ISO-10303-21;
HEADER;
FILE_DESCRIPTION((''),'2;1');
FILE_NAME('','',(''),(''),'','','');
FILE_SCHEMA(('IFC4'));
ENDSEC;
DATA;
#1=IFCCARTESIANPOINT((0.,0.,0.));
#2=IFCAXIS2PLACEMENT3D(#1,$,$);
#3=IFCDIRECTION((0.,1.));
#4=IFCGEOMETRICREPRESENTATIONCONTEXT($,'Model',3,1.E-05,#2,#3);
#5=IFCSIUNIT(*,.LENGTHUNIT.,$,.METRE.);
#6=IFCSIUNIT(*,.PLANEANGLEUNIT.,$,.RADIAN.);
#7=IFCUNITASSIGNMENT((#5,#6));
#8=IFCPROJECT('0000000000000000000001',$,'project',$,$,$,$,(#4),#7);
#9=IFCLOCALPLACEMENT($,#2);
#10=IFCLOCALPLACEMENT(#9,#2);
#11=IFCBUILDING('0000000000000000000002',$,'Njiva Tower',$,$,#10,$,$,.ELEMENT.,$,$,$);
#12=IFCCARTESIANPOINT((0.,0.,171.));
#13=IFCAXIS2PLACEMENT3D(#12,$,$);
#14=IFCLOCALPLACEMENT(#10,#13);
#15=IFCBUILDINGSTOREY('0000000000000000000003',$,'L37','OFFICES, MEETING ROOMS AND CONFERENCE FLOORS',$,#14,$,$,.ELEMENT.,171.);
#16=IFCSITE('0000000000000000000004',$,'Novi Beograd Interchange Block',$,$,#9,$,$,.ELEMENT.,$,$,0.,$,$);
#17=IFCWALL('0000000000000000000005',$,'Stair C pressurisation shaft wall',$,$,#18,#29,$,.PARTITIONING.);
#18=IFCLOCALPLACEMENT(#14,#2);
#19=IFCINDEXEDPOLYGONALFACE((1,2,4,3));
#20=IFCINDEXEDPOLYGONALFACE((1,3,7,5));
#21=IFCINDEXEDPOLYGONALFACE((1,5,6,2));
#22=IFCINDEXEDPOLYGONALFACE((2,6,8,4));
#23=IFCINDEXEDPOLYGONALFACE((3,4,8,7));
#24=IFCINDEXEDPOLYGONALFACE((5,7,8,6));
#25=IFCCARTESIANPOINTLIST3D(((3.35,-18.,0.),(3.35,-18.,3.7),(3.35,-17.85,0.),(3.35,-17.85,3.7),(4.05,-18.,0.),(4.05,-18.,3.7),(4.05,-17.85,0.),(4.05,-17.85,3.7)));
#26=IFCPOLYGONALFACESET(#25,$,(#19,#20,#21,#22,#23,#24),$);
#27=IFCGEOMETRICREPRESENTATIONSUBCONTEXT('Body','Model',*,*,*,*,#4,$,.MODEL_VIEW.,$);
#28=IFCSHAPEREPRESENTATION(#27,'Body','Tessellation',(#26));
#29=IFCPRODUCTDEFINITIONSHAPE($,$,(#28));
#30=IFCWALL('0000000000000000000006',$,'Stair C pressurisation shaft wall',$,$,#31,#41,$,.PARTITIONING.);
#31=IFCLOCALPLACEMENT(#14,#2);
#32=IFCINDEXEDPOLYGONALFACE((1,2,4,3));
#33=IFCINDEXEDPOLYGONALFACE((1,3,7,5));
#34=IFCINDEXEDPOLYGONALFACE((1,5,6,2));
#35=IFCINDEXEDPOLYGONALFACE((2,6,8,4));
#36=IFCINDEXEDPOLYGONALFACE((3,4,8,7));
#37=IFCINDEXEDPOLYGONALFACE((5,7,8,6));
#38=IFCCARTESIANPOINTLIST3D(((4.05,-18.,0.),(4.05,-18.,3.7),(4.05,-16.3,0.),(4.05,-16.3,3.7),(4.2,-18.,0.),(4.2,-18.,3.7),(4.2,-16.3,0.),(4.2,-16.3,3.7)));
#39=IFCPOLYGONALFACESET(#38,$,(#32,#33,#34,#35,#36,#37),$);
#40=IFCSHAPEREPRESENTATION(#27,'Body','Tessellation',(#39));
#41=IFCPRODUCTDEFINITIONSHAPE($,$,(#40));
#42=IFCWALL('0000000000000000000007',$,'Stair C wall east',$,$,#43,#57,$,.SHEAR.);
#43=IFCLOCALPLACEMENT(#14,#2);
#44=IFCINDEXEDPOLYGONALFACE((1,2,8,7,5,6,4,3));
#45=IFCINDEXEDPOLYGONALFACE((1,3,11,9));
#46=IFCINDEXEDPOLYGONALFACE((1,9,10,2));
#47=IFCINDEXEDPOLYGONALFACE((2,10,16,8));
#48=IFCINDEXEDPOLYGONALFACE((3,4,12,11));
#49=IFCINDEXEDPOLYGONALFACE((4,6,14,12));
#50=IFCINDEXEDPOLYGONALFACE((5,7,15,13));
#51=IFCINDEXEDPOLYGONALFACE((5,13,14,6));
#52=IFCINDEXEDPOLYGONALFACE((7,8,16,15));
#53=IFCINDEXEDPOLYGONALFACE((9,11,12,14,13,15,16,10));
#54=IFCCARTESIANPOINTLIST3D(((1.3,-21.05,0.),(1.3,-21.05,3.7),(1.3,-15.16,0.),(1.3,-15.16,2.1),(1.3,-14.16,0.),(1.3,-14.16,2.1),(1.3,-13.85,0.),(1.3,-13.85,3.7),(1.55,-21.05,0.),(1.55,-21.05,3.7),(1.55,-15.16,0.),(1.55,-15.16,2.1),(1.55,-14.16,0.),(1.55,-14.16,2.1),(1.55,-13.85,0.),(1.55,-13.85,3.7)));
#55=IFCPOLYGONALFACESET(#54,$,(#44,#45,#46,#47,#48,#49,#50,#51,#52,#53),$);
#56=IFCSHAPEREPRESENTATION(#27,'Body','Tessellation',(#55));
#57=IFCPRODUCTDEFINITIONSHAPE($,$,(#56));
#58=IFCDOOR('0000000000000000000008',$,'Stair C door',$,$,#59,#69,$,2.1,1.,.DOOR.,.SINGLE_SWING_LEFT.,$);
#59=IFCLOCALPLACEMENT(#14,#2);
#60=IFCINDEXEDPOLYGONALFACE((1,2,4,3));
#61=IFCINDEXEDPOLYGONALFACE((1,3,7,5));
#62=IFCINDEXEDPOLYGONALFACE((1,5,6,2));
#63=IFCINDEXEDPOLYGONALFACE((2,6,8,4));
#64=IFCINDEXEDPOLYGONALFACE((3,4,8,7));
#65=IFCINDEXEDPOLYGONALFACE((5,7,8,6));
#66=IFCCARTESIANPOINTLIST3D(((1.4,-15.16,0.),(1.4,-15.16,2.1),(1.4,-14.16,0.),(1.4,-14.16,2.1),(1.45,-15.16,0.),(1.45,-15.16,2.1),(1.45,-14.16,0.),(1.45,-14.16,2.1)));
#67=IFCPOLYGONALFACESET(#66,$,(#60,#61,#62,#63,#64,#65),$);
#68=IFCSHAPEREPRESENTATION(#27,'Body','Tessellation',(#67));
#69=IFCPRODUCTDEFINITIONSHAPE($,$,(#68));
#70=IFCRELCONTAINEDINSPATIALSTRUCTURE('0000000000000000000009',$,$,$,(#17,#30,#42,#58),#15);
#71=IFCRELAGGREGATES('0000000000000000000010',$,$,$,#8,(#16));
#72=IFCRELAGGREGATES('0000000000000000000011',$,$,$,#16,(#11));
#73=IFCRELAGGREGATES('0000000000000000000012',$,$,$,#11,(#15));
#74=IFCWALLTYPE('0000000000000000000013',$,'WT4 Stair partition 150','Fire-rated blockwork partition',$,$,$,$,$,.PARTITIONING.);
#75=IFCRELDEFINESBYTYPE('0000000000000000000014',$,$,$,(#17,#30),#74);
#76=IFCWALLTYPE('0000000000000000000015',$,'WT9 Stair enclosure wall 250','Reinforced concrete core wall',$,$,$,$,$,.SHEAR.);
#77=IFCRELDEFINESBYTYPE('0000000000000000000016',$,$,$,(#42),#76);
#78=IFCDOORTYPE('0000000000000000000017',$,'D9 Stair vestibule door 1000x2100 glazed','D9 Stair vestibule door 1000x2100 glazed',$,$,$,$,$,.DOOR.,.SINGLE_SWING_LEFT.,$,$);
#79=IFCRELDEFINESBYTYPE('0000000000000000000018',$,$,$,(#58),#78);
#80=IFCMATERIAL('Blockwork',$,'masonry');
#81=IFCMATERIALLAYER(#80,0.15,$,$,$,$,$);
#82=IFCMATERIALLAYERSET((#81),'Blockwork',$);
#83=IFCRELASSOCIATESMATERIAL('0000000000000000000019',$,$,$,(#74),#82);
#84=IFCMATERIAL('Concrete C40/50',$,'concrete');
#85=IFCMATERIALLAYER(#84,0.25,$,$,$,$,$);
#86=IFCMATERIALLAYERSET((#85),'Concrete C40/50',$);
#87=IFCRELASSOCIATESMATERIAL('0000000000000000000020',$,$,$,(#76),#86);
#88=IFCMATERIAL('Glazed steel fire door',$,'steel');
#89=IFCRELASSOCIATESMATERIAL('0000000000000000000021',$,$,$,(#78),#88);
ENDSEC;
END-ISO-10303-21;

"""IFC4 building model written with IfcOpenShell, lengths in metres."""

from ifc_helpers import new_model, si_unit, direction, frame, frame_2d, origin, place, context, subcontext, project, spatial, rectangle, extrude, material, layer, layer_set, type_object, element, fill, save


model = new_model("IFC4")

# Units and contexts
model_context = context("Model", 3, precision=1e-05, world=origin(), true_north=direction((0.0, 1.0)))
body_context = subcontext(model_context, "Body", "Model", "MODEL_VIEW")
ifc_project = project(units=[si_unit("LENGTHUNIT", "METRE"), si_unit("PLANEANGLEUNIT", "RADIAN")], contexts=[model_context])

# Site, building, storey
site_placement = place(None, origin())
site = spatial("IfcSite", under=ifc_project, at=site_placement, Name="Novi Beograd Interchange Block", CompositionType="ELEMENT", RefElevation=0.0)
building_placement = place(site_placement, origin())
building = spatial("IfcBuilding", under=site, at=building_placement, Name="Njiva Tower", CompositionType="ELEMENT")
storey_placement = place(building_placement, frame((0.0, 0.0, 171.0)))
storey = spatial("IfcBuildingStorey", under=building, at=storey_placement, Name="L37", Description="OFFICES, MEETING ROOMS AND CONFERENCE FLOORS", CompositionType="ELEMENT", Elevation=171.0)

# Walls
ifc_material_1 = material(Name="Blockwork", Category="masonry")
ifc_layer_1 = layer(ifc_material_1, 0.15)
ifc_layer_set_1 = layer_set([ifc_layer_1], Name="Blockwork")
wall_type_1 = type_object("IfcWallType", Name="WT4 Stair partition 150", Description="Fire-rated blockwork partition", PredefinedType="PARTITIONING", material=ifc_layer_set_1)
wall_1_placement = place(storey_placement, frame((3.35, -17.925, 0.0), z_axis=(0.0, 0.0, 1.0), x_axis=(1.0, 0.0, 0.0)))
element("IfcWall", 1, at=wall_1_placement, inside=storey, type_object=wall_type_1, Name="Stair C pressurisation shaft wall", PredefinedType="PARTITIONING", context=body_context, shape_type="SweptSolid", body=[
    extrude(rectangle(XDim=0.7, YDim=0.15, at=frame_2d((0.35, 0.0))), origin(), (0.0, 0.0, 1.0), 3.7),
])
wall_2_placement = place(storey_placement, frame((4.125, -18.0, 0.0), z_axis=(0.0, 0.0, 1.0), x_axis=(0.0, 1.0, 0.0)))
element("IfcWall", 2, at=wall_2_placement, inside=storey, type_object=wall_type_1, Name="Stair C pressurisation shaft wall", PredefinedType="PARTITIONING", context=body_context, shape_type="SweptSolid", body=[
    extrude(rectangle(XDim=1.7, YDim=0.15, at=frame_2d((0.85, 0.0))), origin(), (0.0, 0.0, 1.0), 3.7),
])

# Wall, opening, door
ifc_material_2 = material(Name="Concrete C40/50", Category="concrete")
ifc_layer_2 = layer(ifc_material_2, 0.25)
ifc_layer_set_2 = layer_set([ifc_layer_2], Name="Concrete C40/50")
wall_type_2 = type_object("IfcWallType", Name="WT9 Stair enclosure wall 250", Description="Reinforced concrete core wall", PredefinedType="SHEAR", material=ifc_layer_set_2)
wall_3_placement = place(storey_placement, frame((1.425, -21.05, 0.0), z_axis=(0.0, 0.0, 1.0), x_axis=(0.0, 1.0, 0.0)))
wall_3 = element("IfcWall", 3, at=wall_3_placement, inside=storey, type_object=wall_type_2, Name="Stair C wall east", PredefinedType="SHEAR", context=body_context, shape_type="SweptSolid", body=[
    extrude(rectangle(XDim=7.2, YDim=0.25, at=frame_2d((3.6, 0.0))), origin(), (0.0, 0.0, 1.0), 3.7),
])
opening_1_placement = place(wall_3_placement, frame((5.89, 0.0, 0.0)))
opening_1 = element("IfcOpeningElement", 4, at=opening_1_placement, cuts=wall_3, PredefinedType="OPENING", context=body_context, shape_type="SweptSolid", body=[
    extrude(rectangle(XDim=1.0, YDim=2.1, at=frame_2d((0.5, 1.05))), frame((0.0, 0.135, 0.0), z_axis=(0.0, -1.0, 0.0), x_axis=(1.0, 0.0, 0.0)), (0.0, 0.0, 1.0), 0.27),
])
ifc_material_3 = material(Name="Glazed steel fire door", Category="steel")
door_type = type_object("IfcDoorType", Name="D9 Stair vestibule door 1000x2100 glazed", Description="D9 Stair vestibule door 1000x2100 glazed", OperationType="SINGLE_SWING_LEFT", PredefinedType="DOOR", material=ifc_material_3)
door_placement = place(opening_1_placement, origin())
door = element("IfcDoor", 5, at=door_placement, inside=storey, type_object=door_type, Name="Stair C door", OperationType="SINGLE_SWING_LEFT", OverallHeight=2.1, OverallWidth=1.0, PredefinedType="DOOR", context=body_context, shape_type="SweptSolid", body=[
    extrude(rectangle(XDim=1.0, YDim=2.1, at=frame_2d((0.5, 1.05))), frame((0.0, 0.025, 0.0), z_axis=(0.0, -1.0, 0.0), x_axis=(1.0, 0.0, 0.0)), (0.0, 0.0, 1.0), 0.05),
])
fill(opening_1, door)

save(model, "model.ifc")
